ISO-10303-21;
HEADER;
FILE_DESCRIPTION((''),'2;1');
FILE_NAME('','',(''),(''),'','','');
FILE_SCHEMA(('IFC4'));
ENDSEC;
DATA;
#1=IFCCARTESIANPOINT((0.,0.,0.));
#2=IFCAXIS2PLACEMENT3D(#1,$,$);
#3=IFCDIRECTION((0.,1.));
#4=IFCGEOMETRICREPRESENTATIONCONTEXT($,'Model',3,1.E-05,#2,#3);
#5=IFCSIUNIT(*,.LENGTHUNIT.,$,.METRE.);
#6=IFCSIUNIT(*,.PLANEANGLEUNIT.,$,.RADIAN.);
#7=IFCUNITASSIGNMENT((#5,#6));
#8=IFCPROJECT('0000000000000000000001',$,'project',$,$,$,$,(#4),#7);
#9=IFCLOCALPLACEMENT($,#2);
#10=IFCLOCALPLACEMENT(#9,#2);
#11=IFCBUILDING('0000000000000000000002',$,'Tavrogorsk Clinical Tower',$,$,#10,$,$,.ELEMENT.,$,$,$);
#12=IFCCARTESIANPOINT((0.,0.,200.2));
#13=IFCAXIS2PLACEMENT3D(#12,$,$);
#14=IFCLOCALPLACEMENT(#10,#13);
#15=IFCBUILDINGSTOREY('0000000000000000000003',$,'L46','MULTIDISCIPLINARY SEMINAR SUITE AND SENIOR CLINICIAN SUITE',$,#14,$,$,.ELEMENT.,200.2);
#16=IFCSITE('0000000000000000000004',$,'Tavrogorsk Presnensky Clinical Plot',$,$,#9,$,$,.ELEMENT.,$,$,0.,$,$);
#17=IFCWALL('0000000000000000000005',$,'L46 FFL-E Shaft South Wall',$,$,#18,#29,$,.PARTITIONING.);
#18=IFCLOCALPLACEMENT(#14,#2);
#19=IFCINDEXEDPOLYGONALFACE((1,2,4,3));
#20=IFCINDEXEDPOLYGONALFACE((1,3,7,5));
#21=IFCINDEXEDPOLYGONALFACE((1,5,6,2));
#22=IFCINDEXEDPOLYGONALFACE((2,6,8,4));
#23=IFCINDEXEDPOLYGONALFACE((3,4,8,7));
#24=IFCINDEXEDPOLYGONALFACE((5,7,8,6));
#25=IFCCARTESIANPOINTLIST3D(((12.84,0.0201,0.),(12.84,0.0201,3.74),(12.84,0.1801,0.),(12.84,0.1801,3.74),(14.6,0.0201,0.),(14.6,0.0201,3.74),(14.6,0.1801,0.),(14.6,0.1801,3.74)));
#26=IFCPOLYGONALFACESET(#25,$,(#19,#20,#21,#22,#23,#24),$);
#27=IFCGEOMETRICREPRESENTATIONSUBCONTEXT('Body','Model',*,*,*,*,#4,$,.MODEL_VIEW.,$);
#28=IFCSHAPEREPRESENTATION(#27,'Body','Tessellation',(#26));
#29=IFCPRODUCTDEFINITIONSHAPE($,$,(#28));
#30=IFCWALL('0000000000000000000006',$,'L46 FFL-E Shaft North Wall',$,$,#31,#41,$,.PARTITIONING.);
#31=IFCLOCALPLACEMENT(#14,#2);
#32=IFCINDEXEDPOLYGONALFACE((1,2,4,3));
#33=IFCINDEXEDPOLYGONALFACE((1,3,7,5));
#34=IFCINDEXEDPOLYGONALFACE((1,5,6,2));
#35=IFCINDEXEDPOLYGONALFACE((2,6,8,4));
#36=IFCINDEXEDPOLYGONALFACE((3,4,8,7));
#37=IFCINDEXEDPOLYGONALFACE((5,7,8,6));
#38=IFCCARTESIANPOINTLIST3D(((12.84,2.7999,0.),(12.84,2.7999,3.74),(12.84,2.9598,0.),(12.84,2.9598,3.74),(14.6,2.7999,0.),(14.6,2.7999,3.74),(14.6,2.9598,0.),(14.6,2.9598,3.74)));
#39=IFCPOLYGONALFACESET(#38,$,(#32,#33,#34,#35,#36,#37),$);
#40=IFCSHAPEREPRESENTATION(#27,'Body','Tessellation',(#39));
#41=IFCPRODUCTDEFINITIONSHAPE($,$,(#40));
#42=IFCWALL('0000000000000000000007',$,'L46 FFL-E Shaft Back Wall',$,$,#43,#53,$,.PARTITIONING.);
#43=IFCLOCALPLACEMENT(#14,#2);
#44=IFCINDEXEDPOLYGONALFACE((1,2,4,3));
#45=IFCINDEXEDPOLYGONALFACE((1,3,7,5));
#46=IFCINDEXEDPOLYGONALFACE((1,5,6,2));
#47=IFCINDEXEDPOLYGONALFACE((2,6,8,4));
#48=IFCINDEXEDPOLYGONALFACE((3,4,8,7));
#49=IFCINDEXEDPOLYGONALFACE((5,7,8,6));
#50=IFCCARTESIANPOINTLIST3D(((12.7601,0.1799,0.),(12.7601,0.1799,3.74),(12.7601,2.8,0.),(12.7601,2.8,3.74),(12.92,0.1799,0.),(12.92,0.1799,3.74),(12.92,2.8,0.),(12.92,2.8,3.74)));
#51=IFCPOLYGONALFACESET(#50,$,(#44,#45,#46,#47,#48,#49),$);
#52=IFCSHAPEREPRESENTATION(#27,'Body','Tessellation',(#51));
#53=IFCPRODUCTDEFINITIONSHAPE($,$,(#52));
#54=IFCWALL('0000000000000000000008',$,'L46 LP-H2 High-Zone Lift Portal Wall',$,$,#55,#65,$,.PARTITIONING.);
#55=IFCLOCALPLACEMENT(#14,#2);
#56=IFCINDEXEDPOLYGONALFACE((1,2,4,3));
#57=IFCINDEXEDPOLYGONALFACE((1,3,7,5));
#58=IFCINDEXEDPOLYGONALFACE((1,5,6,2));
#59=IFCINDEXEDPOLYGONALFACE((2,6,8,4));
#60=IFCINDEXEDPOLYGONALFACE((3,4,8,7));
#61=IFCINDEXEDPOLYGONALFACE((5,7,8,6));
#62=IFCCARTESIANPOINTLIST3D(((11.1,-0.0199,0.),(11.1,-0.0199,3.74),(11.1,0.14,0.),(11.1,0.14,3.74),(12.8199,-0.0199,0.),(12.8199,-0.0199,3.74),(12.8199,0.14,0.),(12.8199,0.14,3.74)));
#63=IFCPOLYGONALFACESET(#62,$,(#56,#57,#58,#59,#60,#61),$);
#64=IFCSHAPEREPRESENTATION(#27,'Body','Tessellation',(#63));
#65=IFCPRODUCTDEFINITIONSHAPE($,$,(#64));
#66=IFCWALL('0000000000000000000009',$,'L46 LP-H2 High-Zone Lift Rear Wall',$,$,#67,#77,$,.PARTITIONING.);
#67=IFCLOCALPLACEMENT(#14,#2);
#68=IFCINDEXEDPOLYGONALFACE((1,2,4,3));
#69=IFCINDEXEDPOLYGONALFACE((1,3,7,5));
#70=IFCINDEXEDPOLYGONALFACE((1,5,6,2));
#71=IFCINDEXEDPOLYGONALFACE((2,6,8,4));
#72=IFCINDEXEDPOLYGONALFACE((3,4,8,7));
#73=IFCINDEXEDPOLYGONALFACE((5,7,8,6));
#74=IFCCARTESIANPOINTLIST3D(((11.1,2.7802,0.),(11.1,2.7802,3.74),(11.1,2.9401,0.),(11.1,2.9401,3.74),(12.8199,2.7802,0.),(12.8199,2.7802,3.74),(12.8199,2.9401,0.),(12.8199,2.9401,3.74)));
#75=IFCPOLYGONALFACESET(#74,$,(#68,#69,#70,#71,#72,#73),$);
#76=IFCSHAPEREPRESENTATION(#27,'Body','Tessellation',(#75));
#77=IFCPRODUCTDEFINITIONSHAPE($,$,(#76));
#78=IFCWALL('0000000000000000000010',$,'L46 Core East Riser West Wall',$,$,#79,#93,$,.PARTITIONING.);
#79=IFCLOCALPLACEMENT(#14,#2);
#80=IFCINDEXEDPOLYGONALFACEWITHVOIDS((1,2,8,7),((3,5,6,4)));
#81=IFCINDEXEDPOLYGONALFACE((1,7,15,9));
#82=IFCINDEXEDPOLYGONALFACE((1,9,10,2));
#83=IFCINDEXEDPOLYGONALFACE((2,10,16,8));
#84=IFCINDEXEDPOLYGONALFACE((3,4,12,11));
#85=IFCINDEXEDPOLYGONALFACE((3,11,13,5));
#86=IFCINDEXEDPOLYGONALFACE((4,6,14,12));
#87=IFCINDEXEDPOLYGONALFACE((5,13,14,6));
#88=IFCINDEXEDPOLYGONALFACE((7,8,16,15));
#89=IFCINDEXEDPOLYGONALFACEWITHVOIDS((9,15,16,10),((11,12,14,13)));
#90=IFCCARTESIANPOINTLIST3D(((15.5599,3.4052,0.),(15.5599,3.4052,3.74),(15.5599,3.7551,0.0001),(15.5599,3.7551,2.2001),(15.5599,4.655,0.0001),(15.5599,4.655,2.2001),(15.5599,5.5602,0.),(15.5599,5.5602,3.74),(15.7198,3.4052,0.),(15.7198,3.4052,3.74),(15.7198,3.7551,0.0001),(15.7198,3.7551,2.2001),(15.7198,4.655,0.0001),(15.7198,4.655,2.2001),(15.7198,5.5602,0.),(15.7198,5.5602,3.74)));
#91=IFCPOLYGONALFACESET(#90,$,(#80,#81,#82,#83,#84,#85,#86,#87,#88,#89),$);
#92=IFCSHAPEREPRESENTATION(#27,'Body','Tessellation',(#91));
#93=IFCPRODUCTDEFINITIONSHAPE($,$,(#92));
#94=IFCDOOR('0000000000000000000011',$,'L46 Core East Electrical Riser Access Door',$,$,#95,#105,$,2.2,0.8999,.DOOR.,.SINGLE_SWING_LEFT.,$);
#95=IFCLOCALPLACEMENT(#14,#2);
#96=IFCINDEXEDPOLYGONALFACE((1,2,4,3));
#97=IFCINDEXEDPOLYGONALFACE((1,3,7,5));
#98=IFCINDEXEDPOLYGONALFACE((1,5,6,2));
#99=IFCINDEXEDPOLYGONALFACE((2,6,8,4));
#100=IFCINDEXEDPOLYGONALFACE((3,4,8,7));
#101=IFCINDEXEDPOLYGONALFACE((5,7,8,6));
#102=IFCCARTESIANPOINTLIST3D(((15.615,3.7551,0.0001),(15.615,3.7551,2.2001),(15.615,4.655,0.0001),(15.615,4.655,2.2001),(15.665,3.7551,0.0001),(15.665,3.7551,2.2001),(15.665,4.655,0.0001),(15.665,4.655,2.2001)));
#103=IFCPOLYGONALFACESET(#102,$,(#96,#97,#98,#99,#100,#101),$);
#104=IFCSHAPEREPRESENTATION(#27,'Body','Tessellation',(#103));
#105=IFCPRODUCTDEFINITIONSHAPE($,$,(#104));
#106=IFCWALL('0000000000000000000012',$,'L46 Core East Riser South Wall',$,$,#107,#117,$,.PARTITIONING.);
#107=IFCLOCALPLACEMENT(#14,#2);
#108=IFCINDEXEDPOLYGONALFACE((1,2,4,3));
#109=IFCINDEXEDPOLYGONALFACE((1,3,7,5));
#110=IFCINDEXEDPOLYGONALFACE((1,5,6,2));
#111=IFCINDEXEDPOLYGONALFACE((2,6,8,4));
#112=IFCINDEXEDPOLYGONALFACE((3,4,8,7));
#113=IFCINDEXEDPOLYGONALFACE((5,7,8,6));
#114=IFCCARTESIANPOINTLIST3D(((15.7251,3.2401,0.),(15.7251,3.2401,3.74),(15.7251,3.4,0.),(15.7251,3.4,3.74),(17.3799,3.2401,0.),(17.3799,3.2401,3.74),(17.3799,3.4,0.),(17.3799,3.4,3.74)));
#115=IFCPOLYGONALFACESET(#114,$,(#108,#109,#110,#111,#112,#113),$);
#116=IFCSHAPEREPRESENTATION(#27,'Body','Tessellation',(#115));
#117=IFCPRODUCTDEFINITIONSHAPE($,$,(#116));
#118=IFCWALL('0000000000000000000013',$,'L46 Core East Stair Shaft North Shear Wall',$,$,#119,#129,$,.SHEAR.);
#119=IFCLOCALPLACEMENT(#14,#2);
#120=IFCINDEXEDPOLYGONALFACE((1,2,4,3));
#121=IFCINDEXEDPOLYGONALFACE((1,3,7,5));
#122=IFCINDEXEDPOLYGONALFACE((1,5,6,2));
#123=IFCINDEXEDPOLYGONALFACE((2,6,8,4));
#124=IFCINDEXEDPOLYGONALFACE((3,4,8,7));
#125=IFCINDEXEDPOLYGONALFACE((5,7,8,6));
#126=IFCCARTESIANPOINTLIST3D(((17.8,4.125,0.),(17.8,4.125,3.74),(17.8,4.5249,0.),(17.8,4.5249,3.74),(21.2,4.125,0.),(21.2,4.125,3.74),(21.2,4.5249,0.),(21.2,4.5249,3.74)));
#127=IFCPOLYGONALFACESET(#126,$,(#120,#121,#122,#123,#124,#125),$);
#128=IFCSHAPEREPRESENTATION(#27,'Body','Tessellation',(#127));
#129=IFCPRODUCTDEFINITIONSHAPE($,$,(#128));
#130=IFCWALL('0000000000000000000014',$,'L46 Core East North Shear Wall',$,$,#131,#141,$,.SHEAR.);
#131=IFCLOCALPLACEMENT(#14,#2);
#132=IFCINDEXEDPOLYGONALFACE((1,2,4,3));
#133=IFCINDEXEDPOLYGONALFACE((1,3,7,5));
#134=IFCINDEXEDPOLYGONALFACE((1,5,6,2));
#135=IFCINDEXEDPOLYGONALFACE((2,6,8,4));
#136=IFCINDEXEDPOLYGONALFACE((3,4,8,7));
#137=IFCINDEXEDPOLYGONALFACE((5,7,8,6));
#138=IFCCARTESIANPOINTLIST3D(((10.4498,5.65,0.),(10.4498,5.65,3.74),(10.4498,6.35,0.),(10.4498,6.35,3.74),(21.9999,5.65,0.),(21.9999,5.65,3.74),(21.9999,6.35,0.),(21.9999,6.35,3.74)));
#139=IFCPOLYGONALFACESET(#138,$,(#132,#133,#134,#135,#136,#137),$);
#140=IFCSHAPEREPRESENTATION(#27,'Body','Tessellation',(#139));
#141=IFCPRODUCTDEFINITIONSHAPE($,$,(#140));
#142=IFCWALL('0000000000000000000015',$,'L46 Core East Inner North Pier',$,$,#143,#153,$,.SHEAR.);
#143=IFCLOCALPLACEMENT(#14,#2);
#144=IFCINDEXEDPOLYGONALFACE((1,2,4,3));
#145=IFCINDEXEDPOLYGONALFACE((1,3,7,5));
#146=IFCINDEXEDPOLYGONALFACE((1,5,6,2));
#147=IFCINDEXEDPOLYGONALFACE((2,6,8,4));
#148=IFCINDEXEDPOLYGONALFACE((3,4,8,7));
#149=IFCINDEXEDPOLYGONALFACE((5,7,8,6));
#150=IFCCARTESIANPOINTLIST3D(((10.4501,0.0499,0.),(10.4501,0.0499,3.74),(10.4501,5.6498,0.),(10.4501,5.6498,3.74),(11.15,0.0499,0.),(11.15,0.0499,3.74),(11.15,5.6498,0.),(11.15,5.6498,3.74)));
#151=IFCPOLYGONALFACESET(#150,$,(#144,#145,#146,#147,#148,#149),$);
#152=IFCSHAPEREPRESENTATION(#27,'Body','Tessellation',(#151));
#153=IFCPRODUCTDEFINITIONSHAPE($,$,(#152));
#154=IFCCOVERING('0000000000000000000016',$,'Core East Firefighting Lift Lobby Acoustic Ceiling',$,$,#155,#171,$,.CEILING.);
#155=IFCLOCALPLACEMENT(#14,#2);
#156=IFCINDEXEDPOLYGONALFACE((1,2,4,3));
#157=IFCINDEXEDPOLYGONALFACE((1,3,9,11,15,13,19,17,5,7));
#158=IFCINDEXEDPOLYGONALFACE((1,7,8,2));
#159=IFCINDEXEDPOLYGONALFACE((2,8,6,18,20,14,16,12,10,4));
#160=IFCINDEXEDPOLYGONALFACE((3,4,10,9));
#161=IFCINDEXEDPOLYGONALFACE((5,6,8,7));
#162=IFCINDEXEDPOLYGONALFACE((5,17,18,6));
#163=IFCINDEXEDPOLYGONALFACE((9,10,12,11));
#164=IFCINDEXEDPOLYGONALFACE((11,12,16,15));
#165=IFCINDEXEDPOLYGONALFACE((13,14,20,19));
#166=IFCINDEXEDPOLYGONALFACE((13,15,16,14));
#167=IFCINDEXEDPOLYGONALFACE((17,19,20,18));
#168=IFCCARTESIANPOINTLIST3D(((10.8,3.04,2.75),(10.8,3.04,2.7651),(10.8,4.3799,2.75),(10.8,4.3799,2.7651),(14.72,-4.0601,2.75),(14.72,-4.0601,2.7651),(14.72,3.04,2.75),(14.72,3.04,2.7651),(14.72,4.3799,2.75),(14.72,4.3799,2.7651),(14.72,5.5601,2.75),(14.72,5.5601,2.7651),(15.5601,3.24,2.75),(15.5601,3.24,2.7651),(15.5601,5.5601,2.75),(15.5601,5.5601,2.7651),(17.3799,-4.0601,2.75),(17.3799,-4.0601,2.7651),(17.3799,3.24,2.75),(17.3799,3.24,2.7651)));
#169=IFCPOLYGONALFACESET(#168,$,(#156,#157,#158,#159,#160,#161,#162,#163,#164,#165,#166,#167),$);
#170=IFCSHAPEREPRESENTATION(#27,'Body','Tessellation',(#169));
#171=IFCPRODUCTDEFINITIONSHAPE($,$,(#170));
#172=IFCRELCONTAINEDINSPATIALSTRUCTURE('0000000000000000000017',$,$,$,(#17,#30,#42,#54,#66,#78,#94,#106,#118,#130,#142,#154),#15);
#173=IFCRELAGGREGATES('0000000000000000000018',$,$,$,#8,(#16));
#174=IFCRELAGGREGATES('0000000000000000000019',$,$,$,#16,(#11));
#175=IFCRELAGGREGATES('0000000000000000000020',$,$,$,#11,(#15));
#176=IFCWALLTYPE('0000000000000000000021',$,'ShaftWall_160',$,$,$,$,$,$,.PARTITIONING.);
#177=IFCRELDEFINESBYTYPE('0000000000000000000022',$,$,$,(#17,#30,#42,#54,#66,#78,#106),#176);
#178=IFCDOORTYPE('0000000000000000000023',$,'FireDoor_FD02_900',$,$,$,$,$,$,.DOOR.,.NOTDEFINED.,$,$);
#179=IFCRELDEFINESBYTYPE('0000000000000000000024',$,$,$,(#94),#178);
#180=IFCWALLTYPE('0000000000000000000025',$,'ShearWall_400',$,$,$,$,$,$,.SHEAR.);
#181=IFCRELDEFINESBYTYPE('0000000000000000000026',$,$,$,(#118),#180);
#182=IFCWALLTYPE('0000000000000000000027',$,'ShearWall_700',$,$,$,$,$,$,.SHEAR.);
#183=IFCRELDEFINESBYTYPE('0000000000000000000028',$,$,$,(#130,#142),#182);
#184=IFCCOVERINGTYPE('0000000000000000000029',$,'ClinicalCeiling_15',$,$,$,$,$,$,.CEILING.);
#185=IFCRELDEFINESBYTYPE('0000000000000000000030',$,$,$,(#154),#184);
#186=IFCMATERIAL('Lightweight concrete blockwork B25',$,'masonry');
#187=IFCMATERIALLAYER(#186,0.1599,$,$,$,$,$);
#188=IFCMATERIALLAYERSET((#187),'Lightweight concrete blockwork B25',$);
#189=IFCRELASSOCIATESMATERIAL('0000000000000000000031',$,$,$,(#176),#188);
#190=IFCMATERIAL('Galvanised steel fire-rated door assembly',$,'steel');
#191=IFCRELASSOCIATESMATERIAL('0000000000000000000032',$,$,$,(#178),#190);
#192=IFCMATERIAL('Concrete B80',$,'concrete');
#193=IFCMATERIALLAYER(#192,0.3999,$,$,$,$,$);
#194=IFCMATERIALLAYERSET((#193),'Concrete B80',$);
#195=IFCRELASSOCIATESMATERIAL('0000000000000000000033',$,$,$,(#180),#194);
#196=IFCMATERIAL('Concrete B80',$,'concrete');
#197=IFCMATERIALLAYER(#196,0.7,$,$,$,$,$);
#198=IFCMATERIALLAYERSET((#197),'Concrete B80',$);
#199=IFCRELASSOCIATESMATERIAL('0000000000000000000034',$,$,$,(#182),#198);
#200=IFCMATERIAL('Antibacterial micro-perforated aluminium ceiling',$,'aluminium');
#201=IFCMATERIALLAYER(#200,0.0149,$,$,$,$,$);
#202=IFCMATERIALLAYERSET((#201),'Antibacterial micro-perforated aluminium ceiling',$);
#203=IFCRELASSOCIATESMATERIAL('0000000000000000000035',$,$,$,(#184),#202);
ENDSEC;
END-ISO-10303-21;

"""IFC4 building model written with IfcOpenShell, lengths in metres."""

from ifc_helpers import new_model, si_unit, direction, frame, frame_2d, origin, place, context, subcontext, project, spatial, polyline, rectangle, outline, extrude, material, layer, layer_set, type_object, element, fill, save


model = new_model("IFC4")

# Units and contexts
model_context = context("Model", 3, precision=1e-05, world=origin(), true_north=direction((0.0, 1.0)))
body_context = subcontext(model_context, "Body", "Model", "MODEL_VIEW")
ifc_project = project(units=[si_unit("LENGTHUNIT", "METRE"), si_unit("PLANEANGLEUNIT", "RADIAN")], contexts=[model_context])

# Site, building, storey
site_placement = place(None, origin())
site = spatial("IfcSite", under=ifc_project, at=site_placement, Name="Tavrogorsk Presnensky Clinical Plot", CompositionType="ELEMENT", RefElevation=0.0)
building_placement = place(site_placement, origin())
building = spatial("IfcBuilding", under=site, at=building_placement, Name="Tavrogorsk Clinical Tower", CompositionType="ELEMENT")
storey_placement = place(building_placement, frame((0.0, 0.0, 200.2)))
storey = spatial("IfcBuildingStorey", under=building, at=storey_placement, Name="L46", Description="MULTIDISCIPLINARY SEMINAR SUITE AND SENIOR CLINICIAN SUITE", CompositionType="ELEMENT", Elevation=200.2)

# Shared definitions
ifc_material_1 = material(Name="Lightweight concrete blockwork B25", Category="masonry")
ifc_layer_1 = layer(ifc_material_1, 0.1599)
ifc_layer_set_1 = layer_set([ifc_layer_1], Name="Lightweight concrete blockwork B25")
wall_type_1 = type_object("IfcWallType", Name="ShaftWall_160", PredefinedType="PARTITIONING", material=ifc_layer_set_1)

# Walls
for number, where, z_axis, x_axis, name in (
    (1, (12.8401, 0.1001, 0.0), (0.0, 0.0, 1.0), (1.0, 0.0, 0.0), "L46 FFL-E Shaft South Wall"),
    (2, (12.8401, 2.8799, 0.0), (0.0, 0.0, 1.0), (1.0, 0.0, 0.0), "L46 FFL-E Shaft North Wall"),
):
    element("IfcWall", number, at=place(storey_placement, frame(where, z_axis=z_axis, x_axis=x_axis)), inside=storey, type_object=wall_type_1, Name=name, PredefinedType="PARTITIONING", context=body_context, shape_type="SweptSolid", body=[
        extrude(rectangle(XDim=1.76, YDim=0.1599, at=frame_2d((0.8799, 0.0))), origin(), (0.0, 0.0, 1.0), 3.74),
    ])
wall_1_placement = place(storey_placement, frame((12.8401, 0.1799, 0.0), z_axis=(0.0, 0.0, 1.0), x_axis=(0.0, 1.0, 0.0)))
element("IfcWall", 3, at=wall_1_placement, inside=storey, type_object=wall_type_1, Name="L46 FFL-E Shaft Back Wall", PredefinedType="PARTITIONING", context=body_context, shape_type="SweptSolid", body=[
    extrude(rectangle(XDim=2.6201, YDim=0.1599, at=frame_2d((1.3101, 0.0))), origin(), (0.0, 0.0, 1.0), 3.74),
])
for number, where, z_axis, x_axis, name in (
    (4, (11.1001, 0.0601, 0.0), (0.0, 0.0, 1.0), (1.0, 0.0, 0.0), "L46 LP-H2 High-Zone Lift Portal Wall"),
    (5, (11.1001, 2.8601, 0.0), (0.0, 0.0, 1.0), (1.0, 0.0, 0.0), "L46 LP-H2 High-Zone Lift Rear Wall"),
):
    element("IfcWall", number, at=place(storey_placement, frame(where, z_axis=z_axis, x_axis=x_axis)), inside=storey, type_object=wall_type_1, Name=name, PredefinedType="PARTITIONING", context=body_context, shape_type="SweptSolid", body=[
        extrude(rectangle(XDim=1.72, YDim=0.1599, at=frame_2d((0.8599, 0.0))), origin(), (0.0, 0.0, 1.0), 3.74),
    ])

# Wall, opening, door
wall_2_placement = place(storey_placement, frame((15.6399, 3.405, 0.0), z_axis=(0.0, 0.0, 1.0), x_axis=(0.0, 1.0, 0.0)))
wall_2 = element("IfcWall", 6, at=wall_2_placement, inside=storey, type_object=wall_type_1, Name="L46 Core East Riser West Wall", PredefinedType="PARTITIONING", context=body_context, shape_type="SweptSolid", body=[
    extrude(rectangle(XDim=2.155, YDim=0.1599, at=frame_2d((1.0776, 0.0))), origin(), (0.0, 0.0, 1.0), 3.74),
])
opening_1_placement = place(wall_2_placement, frame((0.3501, 0.0, 0.0)))
opening_1 = element("IfcOpeningElement", 7, at=opening_1_placement, cuts=wall_2, PredefinedType="OPENING", context=body_context, shape_type="SweptSolid", body=[
    extrude(rectangle(XDim=0.8999, YDim=2.2, at=frame_2d((0.45, 1.1001))), frame((0.0, 0.0898, 0.0), z_axis=(0.0, -1.0, 0.0), x_axis=(1.0, 0.0, 0.0)), (0.0, 0.0, 1.0), 0.1799),
])
ifc_material_2 = material(Name="Galvanised steel fire-rated door assembly", Category="steel")
door_type_1 = type_object("IfcDoorType", Name="FireDoor_FD02_900", OperationType="NOTDEFINED", PredefinedType="DOOR", material=ifc_material_2)
door_1_placement = place(opening_1_placement, origin())
door_1 = element("IfcDoor", 8, at=door_1_placement, inside=storey, type_object=door_type_1, Name="L46 Core East Electrical Riser Access Door", OperationType="SINGLE_SWING_LEFT", OverallHeight=2.2, OverallWidth=0.8999, PredefinedType="DOOR", context=body_context, shape_type="SweptSolid", body=[
    extrude(rectangle(XDim=0.8999, YDim=2.2, at=frame_2d((0.45, 1.1001))), frame((0.0, 0.0249, 0.0), z_axis=(0.0, -1.0, 0.0), x_axis=(1.0, 0.0, 0.0)), (0.0, 0.0, 1.0), 0.05),
])
fill(opening_1, door_1)

# Walls
wall_3_placement = place(storey_placement, frame((15.7251, 3.3201, 0.0), z_axis=(0.0, 0.0, 1.0), x_axis=(1.0, 0.0, 0.0)))
element("IfcWall", 9, at=wall_3_placement, inside=storey, type_object=wall_type_1, Name="L46 Core East Riser South Wall", PredefinedType="PARTITIONING", context=body_context, shape_type="SweptSolid", body=[
    extrude(rectangle(XDim=1.6548, YDim=0.1599, at=frame_2d((0.8274, 0.0))), origin(), (0.0, 0.0, 1.0), 3.74),
])
ifc_material_3 = material(Name="Concrete B80", Category="concrete")
ifc_layer_2 = layer(ifc_material_3, 0.3999)
ifc_layer_set_2 = layer_set([ifc_layer_2], Name="Concrete B80")
wall_type_2 = type_object("IfcWallType", Name="ShearWall_400", PredefinedType="SHEAR", material=ifc_layer_set_2)
wall_4_placement = place(storey_placement, frame((17.8, 4.325, 0.0), z_axis=(0.0, 0.0, 1.0), x_axis=(1.0, 0.0, 0.0)))
element("IfcWall", 10, at=wall_4_placement, inside=storey, type_object=wall_type_2, Name="L46 Core East Stair Shaft North Shear Wall", PredefinedType="SHEAR", context=body_context, shape_type="SweptSolid", body=[
    extrude(rectangle(XDim=3.3999, YDim=0.3999, at=frame_2d((1.7, 0.0))), origin(), (0.0, 0.0, 1.0), 3.74),
])
ifc_material_4 = material(Name="Concrete B80", Category="concrete")
ifc_layer_3 = layer(ifc_material_4, 0.7)
ifc_layer_set_3 = layer_set([ifc_layer_3], Name="Concrete B80")
wall_type_3 = type_object("IfcWallType", Name="ShearWall_700", PredefinedType="SHEAR", material=ifc_layer_set_3)
wall_5_placement = place(storey_placement, frame((10.45, 6.0, 0.0), z_axis=(0.0, 0.0, 1.0), x_axis=(1.0, 0.0, 0.0)))
element("IfcWall", 11, at=wall_5_placement, inside=storey, type_object=wall_type_3, Name="L46 Core East North Shear Wall", PredefinedType="SHEAR", context=body_context, shape_type="SweptSolid", body=[
    extrude(rectangle(XDim=11.55, YDim=0.7, at=frame_2d((5.7749, 0.0))), origin(), (0.0, 0.0, 1.0), 3.74),
])
wall_6_placement = place(storey_placement, frame((10.8, 0.05, 0.0), z_axis=(0.0, 0.0, 1.0), x_axis=(0.0, 1.0, 0.0)))
element("IfcWall", 12, at=wall_6_placement, inside=storey, type_object=wall_type_3, Name="L46 Core East Inner North Pier", PredefinedType="SHEAR", context=body_context, shape_type="SweptSolid", body=[
    extrude(rectangle(XDim=5.5999, YDim=0.7, at=frame_2d((2.7998, 0.0))), origin(), (0.0, 0.0, 1.0), 3.74),
])

# Covering
ifc_material_5 = material(Name="Antibacterial micro-perforated aluminium ceiling", Category="aluminium")
ifc_layer_4 = layer(ifc_material_5, 0.0149)
ifc_layer_set_4 = layer_set([ifc_layer_4], Name="Antibacterial micro-perforated aluminium ceiling")
covering_type = type_object("IfcCoveringType", Name="ClinicalCeiling_15", PredefinedType="CEILING", material=ifc_layer_set_4)
covering_placement = place(storey_placement, frame((0.0, 0.0, 2.75)))
element("IfcCovering", 13, at=covering_placement, inside=storey, type_object=covering_type, Name="Core East Firefighting Lift Lobby Acoustic Ceiling", PredefinedType="CEILING", context=body_context, shape_type="SweptSolid", body=[
    extrude(outline(polyline([(14.72, -4.0601), (14.72, 3.04), (10.8, 3.04), (10.8, 4.3799), (14.72, 4.3799), (14.72, 5.5601), (15.5601, 5.5601), (15.5601, 3.24), (17.3799, 3.24), (17.3799, -4.0601), (14.72, -4.0601)])), origin(), (0.0, 0.0, 1.0), 0.0151),
])

save(model, "model.ifc")
